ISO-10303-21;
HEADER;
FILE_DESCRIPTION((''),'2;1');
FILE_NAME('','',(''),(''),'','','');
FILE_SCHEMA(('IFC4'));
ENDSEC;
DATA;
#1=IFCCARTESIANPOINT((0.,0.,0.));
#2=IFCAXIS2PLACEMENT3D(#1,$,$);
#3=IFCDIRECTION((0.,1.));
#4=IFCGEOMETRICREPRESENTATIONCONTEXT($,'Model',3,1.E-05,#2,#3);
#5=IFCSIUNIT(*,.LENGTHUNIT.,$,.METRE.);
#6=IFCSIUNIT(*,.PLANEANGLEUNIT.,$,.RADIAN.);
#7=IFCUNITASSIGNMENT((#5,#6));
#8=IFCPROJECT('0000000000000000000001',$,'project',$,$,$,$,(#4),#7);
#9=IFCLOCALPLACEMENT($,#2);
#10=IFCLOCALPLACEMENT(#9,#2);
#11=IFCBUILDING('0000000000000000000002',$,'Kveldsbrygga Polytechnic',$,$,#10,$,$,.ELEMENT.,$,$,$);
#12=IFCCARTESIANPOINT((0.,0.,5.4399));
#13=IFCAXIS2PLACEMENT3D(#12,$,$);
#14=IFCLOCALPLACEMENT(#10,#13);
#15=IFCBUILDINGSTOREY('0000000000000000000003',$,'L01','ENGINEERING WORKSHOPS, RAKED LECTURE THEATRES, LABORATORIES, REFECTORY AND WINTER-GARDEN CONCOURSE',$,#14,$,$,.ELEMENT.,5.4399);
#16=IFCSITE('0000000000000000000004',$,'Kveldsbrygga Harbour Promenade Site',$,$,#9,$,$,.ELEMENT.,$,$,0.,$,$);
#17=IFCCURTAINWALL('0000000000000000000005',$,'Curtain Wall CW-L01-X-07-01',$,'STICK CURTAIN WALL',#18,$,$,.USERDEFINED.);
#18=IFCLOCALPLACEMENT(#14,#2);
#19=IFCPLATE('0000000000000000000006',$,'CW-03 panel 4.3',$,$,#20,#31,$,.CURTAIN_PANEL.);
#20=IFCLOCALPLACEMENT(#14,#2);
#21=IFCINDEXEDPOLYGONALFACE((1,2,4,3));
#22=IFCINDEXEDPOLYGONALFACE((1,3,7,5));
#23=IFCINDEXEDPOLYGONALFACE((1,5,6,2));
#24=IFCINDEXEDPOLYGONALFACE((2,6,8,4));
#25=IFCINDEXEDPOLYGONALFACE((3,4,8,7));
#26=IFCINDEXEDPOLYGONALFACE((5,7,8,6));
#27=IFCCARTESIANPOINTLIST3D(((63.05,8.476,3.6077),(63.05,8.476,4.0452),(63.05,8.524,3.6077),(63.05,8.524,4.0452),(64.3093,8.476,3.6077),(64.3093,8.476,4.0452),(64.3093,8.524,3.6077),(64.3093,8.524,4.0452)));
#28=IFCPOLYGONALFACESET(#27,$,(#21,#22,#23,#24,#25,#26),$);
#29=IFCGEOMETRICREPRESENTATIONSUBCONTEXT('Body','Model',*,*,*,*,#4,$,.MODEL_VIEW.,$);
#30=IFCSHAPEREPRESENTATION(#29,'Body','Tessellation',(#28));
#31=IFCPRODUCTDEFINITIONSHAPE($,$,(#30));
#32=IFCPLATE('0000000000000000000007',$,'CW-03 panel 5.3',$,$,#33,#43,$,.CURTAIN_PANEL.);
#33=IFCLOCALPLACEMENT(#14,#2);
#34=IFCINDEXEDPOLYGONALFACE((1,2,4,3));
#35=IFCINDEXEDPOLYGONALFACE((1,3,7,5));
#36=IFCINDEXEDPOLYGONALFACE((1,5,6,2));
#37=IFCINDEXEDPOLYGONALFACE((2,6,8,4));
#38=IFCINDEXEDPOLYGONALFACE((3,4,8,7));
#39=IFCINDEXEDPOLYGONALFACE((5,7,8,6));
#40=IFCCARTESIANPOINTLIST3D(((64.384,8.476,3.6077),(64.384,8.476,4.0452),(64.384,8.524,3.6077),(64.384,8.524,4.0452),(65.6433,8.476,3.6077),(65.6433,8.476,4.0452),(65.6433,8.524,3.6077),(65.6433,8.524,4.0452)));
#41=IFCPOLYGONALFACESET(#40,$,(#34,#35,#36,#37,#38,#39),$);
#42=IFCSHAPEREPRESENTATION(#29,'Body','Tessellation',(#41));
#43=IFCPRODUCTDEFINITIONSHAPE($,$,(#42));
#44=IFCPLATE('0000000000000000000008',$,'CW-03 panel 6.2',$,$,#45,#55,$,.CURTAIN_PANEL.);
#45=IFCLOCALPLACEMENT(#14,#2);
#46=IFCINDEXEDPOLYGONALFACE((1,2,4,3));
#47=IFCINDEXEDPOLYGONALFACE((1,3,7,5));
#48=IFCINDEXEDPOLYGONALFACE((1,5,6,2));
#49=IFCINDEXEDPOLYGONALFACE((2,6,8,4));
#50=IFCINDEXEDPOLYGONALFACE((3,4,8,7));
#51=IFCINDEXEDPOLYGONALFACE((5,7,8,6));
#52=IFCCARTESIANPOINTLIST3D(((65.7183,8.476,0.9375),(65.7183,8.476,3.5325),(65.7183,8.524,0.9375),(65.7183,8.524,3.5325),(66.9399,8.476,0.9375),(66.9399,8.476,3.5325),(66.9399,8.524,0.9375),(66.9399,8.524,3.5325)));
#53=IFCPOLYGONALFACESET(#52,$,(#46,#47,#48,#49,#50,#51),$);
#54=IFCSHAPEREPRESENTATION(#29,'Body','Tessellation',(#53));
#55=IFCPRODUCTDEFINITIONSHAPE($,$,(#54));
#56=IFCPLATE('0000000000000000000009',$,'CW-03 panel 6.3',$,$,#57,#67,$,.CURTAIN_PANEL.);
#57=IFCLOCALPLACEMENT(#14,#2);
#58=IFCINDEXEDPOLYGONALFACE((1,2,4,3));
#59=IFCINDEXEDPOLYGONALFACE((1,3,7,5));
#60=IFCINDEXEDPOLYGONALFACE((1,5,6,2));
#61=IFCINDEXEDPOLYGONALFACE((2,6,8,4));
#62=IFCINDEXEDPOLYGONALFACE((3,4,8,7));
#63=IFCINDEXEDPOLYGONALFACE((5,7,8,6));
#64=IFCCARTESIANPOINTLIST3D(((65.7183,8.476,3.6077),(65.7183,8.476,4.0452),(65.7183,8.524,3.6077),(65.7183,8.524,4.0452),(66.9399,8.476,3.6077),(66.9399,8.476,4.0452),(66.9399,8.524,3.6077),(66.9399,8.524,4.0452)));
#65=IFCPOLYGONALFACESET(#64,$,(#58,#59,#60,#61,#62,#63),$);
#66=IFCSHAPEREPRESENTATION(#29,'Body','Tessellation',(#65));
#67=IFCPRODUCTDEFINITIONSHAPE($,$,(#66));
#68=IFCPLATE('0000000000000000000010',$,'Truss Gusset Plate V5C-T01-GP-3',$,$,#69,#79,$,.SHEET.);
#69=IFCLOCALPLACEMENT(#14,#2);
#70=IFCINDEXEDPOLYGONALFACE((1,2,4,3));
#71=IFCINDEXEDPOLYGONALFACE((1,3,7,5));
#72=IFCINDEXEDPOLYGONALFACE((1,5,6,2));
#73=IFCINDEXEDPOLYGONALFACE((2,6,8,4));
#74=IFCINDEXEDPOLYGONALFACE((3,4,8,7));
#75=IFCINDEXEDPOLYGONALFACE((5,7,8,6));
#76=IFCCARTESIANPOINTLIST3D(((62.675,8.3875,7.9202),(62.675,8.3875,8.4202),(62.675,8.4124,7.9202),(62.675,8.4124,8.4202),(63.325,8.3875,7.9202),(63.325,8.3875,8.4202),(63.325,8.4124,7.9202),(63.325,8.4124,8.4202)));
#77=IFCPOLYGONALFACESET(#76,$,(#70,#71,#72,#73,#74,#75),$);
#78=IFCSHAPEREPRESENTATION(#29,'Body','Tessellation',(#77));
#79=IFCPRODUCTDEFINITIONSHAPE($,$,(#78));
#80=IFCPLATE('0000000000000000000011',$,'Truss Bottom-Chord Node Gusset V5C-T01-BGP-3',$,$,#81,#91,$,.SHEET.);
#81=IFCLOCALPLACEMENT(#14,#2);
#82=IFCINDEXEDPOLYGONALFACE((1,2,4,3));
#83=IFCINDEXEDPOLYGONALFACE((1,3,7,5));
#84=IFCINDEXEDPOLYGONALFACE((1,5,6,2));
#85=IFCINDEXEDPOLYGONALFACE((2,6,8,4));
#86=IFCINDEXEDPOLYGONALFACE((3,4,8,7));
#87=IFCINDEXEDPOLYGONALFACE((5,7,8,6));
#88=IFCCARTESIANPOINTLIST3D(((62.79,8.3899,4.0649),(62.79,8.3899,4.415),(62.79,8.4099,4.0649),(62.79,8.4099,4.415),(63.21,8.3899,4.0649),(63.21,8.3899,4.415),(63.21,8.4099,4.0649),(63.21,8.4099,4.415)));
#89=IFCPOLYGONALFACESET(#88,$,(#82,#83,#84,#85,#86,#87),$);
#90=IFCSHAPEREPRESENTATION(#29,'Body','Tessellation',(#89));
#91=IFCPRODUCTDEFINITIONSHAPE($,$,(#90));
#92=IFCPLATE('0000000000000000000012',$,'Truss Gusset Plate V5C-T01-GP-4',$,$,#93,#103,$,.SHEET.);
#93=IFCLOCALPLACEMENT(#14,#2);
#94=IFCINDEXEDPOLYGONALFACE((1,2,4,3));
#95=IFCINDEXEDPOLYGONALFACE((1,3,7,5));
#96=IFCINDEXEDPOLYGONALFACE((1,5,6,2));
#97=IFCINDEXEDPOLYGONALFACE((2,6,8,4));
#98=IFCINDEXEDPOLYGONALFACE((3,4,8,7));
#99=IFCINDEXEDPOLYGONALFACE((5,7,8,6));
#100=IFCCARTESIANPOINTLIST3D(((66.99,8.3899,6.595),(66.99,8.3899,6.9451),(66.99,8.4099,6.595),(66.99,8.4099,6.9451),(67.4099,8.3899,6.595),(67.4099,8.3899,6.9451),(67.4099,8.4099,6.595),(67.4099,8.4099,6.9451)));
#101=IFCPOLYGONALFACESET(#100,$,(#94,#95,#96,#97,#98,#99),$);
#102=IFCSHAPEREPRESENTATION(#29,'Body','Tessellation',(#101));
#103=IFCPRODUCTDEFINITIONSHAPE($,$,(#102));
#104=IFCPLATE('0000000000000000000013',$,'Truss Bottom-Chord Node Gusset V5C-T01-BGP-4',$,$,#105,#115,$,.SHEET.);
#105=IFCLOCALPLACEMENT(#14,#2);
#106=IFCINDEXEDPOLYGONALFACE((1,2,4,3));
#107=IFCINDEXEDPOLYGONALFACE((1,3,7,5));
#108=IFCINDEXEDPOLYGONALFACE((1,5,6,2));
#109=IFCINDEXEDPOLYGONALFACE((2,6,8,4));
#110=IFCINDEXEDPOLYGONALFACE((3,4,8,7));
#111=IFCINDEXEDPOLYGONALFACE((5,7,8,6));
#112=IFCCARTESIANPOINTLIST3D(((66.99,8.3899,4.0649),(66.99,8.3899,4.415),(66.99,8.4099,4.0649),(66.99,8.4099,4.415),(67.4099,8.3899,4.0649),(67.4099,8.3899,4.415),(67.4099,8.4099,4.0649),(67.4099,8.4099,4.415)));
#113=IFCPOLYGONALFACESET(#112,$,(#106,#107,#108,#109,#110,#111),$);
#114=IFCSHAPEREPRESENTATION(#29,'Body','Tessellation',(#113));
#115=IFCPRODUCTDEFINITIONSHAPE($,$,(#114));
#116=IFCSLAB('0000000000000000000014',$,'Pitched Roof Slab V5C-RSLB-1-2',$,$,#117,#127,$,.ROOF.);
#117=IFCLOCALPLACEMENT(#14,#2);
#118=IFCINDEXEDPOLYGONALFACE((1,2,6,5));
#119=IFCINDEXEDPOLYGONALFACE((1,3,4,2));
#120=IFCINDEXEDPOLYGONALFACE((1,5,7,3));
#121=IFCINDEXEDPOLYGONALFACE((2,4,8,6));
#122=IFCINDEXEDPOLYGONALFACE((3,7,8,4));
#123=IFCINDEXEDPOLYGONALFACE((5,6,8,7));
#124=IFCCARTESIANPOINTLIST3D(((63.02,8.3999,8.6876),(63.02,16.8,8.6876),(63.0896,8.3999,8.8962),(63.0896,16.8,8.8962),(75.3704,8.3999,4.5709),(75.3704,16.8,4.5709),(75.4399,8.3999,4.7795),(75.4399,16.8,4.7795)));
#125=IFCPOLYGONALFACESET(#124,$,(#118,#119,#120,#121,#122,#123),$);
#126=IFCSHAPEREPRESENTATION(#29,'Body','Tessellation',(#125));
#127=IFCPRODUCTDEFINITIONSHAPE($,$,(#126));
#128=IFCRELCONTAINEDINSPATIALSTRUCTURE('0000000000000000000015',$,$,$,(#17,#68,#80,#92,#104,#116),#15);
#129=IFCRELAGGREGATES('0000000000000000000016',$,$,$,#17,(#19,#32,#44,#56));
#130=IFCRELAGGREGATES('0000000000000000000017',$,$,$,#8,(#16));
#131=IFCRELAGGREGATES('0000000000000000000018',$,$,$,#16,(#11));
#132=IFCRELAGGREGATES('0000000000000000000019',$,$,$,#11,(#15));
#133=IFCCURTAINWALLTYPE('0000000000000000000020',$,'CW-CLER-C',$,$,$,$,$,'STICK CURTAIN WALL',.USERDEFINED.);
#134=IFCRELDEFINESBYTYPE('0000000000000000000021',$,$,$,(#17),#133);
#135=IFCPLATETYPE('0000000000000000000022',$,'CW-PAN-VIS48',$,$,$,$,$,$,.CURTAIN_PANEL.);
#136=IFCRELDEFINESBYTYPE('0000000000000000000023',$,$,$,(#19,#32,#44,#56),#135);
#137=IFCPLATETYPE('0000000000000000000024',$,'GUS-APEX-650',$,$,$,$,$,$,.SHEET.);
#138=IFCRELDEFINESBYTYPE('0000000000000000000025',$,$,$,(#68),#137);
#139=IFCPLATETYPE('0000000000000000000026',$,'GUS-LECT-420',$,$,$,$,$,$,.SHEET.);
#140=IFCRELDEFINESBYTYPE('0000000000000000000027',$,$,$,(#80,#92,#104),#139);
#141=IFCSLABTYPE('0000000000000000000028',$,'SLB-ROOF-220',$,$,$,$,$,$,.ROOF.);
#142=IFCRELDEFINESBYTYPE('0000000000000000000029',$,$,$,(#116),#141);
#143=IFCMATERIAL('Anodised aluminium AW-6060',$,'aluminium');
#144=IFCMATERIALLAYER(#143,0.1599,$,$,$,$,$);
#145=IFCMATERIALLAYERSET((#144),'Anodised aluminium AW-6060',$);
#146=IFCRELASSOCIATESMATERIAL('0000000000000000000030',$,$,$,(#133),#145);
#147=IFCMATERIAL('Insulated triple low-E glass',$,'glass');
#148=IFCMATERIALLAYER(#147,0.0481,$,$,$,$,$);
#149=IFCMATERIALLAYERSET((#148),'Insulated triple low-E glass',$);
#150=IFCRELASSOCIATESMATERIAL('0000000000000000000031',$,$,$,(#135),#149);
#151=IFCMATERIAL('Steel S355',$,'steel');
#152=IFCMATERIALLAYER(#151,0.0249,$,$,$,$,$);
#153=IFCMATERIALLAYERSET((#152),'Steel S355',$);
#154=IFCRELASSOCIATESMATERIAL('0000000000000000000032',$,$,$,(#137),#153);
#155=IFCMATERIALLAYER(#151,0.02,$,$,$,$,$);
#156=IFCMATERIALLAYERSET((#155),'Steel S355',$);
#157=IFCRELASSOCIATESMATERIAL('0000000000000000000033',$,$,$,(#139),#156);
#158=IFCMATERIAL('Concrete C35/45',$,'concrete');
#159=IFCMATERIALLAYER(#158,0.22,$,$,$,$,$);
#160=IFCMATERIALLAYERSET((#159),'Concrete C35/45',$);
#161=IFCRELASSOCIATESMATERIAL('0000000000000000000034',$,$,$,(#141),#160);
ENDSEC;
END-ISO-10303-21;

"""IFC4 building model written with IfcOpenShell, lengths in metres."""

from ifc_helpers import new_model, si_unit, direction, frame, origin, origin_2d, place, context, subcontext, project, spatial, polyline, rectangle, outline, extrude, material, layer, layer_set, type_object, element, aggregate, save


model = new_model("IFC4")

# Units and contexts
model_context = context("Model", 3, precision=1e-05, world=origin(), true_north=direction((0.0, 1.0)))
body_context = subcontext(model_context, "Body", "Model", "MODEL_VIEW")
ifc_project = project(units=[si_unit("LENGTHUNIT", "METRE"), si_unit("PLANEANGLEUNIT", "RADIAN")], contexts=[model_context])

# Site, building, storey
site_placement = place(None, origin())
site = spatial("IfcSite", under=ifc_project, at=site_placement, Name="Kveldsbrygga Harbour Promenade Site", CompositionType="ELEMENT", RefElevation=0.0)
building_placement = place(site_placement, origin())
building = spatial("IfcBuilding", under=site, at=building_placement, Name="Kveldsbrygga Polytechnic", CompositionType="ELEMENT")
storey_placement = place(building_placement, frame((0.0, 0.0, 5.4399)))
storey = spatial("IfcBuildingStorey", under=building, at=storey_placement, Name="L01", Description="ENGINEERING WORKSHOPS, RAKED LECTURE THEATRES, LABORATORIES, REFECTORY AND WINTER-GARDEN CONCOURSE", CompositionType="ELEMENT", Elevation=5.4399)

# Curtain wall
ifc_material_1 = material(Name="Anodised aluminium AW-6060", Category="aluminium")
ifc_layer_1 = layer(ifc_material_1, 0.1599)
ifc_layer_set_1 = layer_set([ifc_layer_1], Name="Anodised aluminium AW-6060")
curtain_wall_type_1 = type_object("IfcCurtainWallType", Name="CW-CLER-C", ElementType="STICK CURTAIN WALL", PredefinedType="USERDEFINED", material=ifc_layer_set_1)
curtain_wall_1_placement = place(storey_placement, origin())
curtain_wall_1 = element("IfcCurtainWall", 1, at=curtain_wall_1_placement, inside=storey, type_object=curtain_wall_type_1, Name="Curtain Wall CW-L01-X-07-01", ObjectType="STICK CURTAIN WALL", PredefinedType="USERDEFINED")

# Shared definitions
ifc_material_2 = material(Name="Steel S355", Category="steel")

# Plates
ifc_material_3 = material(Name="Insulated triple low-E glass", Category="glass")
ifc_layer_2 = layer(ifc_material_3, 0.0481)
ifc_layer_set_2 = layer_set([ifc_layer_2], Name="Insulated triple low-E glass")
plate_type_1 = type_object("IfcPlateType", Name="CW-PAN-VIS48", PredefinedType="CURTAIN_PANEL", material=ifc_layer_set_2)
plate_1_placement = place(storey_placement, frame((63.6797, 8.5, 3.6077), z_axis=(0.0, 0.0, 1.0), x_axis=(1.0, 0.0, 0.0)))
plate_1 = element("IfcPlate", 2, at=plate_1_placement, type_object=plate_type_1, Name="CW-03 panel 4.3", PredefinedType="CURTAIN_PANEL", context=body_context, shape_type="SweptSolid", body=[
    extrude(rectangle(XDim=1.2593, YDim=0.0481, at=origin_2d()), origin(), (0.0, 0.0, 1.0), 0.4375),
])
plate_2_placement = place(storey_placement, frame((65.0137, 8.5, 3.6077), z_axis=(0.0, 0.0, 1.0), x_axis=(1.0, 0.0, 0.0)))
plate_2 = element("IfcPlate", 3, at=plate_2_placement, type_object=plate_type_1, Name="CW-03 panel 5.3", PredefinedType="CURTAIN_PANEL", context=body_context, shape_type="SweptSolid", body=[
    extrude(rectangle(XDim=1.2593, YDim=0.0481, at=origin_2d()), origin(), (0.0, 0.0, 1.0), 0.4375),
])
plate_3_placement = place(storey_placement, frame((66.3291, 8.5, 0.9375), z_axis=(0.0, 0.0, 1.0), x_axis=(1.0, 0.0, 0.0)))
plate_3 = element("IfcPlate", 4, at=plate_3_placement, type_object=plate_type_1, Name="CW-03 panel 6.2", PredefinedType="CURTAIN_PANEL", context=body_context, shape_type="SweptSolid", body=[
    extrude(rectangle(XDim=1.2217, YDim=0.0481, at=origin_2d()), origin(), (0.0, 0.0, 1.0), 2.595),
])
plate_4_placement = place(storey_placement, frame((66.3291, 8.5, 3.6077), z_axis=(0.0, 0.0, 1.0), x_axis=(1.0, 0.0, 0.0)))
plate_4 = element("IfcPlate", 5, at=plate_4_placement, type_object=plate_type_1, Name="CW-03 panel 6.3", PredefinedType="CURTAIN_PANEL", context=body_context, shape_type="SweptSolid", body=[
    extrude(rectangle(XDim=1.2217, YDim=0.0481, at=origin_2d()), origin(), (0.0, 0.0, 1.0), 0.4375),
])
aggregate(curtain_wall_1, [plate_1, plate_2, plate_3, plate_4])

# Plates
ifc_layer_3 = layer(ifc_material_2, 0.0249)
ifc_layer_set_3 = layer_set([ifc_layer_3], Name="Steel S355")
plate_type_2 = type_object("IfcPlateType", Name="GUS-APEX-650", PredefinedType="SHEET", material=ifc_layer_set_3)
plate_5_placement = place(storey_placement, frame((63.0, 8.3999, 7.9202), z_axis=(0.0, 0.0, 1.0), x_axis=(1.0, 0.0, 0.0)))
element("IfcPlate", 6, at=plate_5_placement, inside=storey, type_object=plate_type_2, Name="Truss Gusset Plate V5C-T01-GP-3", PredefinedType="SHEET", context=body_context, shape_type="SweptSolid", body=[
    extrude(rectangle(XDim=0.6499, YDim=0.0249, at=origin_2d()), origin(), (0.0, 0.0, 1.0), 0.5),
])
ifc_layer_4 = layer(ifc_material_2, 0.02)
ifc_layer_set_4 = layer_set([ifc_layer_4], Name="Steel S355")
plate_type_3 = type_object("IfcPlateType", Name="GUS-LECT-420", PredefinedType="SHEET", material=ifc_layer_set_4)
for number, where, z_axis, x_axis, name in (
    (7, (63.0, 8.3999, 4.0649), (0.0, 0.0, 1.0), (1.0, 0.0, 0.0), "Truss Bottom-Chord Node Gusset V5C-T01-BGP-3"),
    (8, (67.2, 8.3999, 6.595), (0.0, 0.0, 1.0), (1.0, 0.0, 0.0), "Truss Gusset Plate V5C-T01-GP-4"),
    (9, (67.2, 8.3999, 4.0649), (0.0, 0.0, 1.0), (1.0, 0.0, 0.0), "Truss Bottom-Chord Node Gusset V5C-T01-BGP-4"),
):
    element("IfcPlate", number, at=place(storey_placement, frame(where, z_axis=z_axis, x_axis=x_axis)), inside=storey, type_object=plate_type_3, Name=name, PredefinedType="SHEET", context=body_context, shape_type="SweptSolid", body=[
        extrude(rectangle(XDim=0.4199, YDim=0.02, at=origin_2d()), origin(), (0.0, 0.0, 1.0), 0.3501),
    ])

# Slab
ifc_material_4 = material(Name="Concrete C35/45", Category="concrete")
ifc_layer_5 = layer(ifc_material_4, 0.22)
ifc_layer_set_5 = layer_set([ifc_layer_5], Name="Concrete C35/45")
slab_type = type_object("IfcSlabType", Name="SLB-ROOF-220", PredefinedType="ROOF", material=ifc_layer_set_5)
slab_placement = place(storey_placement, frame((63.0896, 8.3999, 8.8962), z_axis=(0.316222, 0.0, 0.948685), x_axis=(0.948685, 0.0, -0.316222)))
element("IfcSlab", 10, at=slab_placement, inside=storey, type_object=slab_type, Name="Pitched Roof Slab V5C-RSLB-1-2", PredefinedType="ROOF", context=body_context, shape_type="SweptSolid", body=[
    extrude(outline(polyline([(0.0, 0.0), (13.0184, 0.0), (13.0184, 8.4001), (0.0, 8.4001), (0.0, 0.0)])), origin(), (0.0, 0.0, -1.0), 0.22),
])

save(model, "model.ifc")
